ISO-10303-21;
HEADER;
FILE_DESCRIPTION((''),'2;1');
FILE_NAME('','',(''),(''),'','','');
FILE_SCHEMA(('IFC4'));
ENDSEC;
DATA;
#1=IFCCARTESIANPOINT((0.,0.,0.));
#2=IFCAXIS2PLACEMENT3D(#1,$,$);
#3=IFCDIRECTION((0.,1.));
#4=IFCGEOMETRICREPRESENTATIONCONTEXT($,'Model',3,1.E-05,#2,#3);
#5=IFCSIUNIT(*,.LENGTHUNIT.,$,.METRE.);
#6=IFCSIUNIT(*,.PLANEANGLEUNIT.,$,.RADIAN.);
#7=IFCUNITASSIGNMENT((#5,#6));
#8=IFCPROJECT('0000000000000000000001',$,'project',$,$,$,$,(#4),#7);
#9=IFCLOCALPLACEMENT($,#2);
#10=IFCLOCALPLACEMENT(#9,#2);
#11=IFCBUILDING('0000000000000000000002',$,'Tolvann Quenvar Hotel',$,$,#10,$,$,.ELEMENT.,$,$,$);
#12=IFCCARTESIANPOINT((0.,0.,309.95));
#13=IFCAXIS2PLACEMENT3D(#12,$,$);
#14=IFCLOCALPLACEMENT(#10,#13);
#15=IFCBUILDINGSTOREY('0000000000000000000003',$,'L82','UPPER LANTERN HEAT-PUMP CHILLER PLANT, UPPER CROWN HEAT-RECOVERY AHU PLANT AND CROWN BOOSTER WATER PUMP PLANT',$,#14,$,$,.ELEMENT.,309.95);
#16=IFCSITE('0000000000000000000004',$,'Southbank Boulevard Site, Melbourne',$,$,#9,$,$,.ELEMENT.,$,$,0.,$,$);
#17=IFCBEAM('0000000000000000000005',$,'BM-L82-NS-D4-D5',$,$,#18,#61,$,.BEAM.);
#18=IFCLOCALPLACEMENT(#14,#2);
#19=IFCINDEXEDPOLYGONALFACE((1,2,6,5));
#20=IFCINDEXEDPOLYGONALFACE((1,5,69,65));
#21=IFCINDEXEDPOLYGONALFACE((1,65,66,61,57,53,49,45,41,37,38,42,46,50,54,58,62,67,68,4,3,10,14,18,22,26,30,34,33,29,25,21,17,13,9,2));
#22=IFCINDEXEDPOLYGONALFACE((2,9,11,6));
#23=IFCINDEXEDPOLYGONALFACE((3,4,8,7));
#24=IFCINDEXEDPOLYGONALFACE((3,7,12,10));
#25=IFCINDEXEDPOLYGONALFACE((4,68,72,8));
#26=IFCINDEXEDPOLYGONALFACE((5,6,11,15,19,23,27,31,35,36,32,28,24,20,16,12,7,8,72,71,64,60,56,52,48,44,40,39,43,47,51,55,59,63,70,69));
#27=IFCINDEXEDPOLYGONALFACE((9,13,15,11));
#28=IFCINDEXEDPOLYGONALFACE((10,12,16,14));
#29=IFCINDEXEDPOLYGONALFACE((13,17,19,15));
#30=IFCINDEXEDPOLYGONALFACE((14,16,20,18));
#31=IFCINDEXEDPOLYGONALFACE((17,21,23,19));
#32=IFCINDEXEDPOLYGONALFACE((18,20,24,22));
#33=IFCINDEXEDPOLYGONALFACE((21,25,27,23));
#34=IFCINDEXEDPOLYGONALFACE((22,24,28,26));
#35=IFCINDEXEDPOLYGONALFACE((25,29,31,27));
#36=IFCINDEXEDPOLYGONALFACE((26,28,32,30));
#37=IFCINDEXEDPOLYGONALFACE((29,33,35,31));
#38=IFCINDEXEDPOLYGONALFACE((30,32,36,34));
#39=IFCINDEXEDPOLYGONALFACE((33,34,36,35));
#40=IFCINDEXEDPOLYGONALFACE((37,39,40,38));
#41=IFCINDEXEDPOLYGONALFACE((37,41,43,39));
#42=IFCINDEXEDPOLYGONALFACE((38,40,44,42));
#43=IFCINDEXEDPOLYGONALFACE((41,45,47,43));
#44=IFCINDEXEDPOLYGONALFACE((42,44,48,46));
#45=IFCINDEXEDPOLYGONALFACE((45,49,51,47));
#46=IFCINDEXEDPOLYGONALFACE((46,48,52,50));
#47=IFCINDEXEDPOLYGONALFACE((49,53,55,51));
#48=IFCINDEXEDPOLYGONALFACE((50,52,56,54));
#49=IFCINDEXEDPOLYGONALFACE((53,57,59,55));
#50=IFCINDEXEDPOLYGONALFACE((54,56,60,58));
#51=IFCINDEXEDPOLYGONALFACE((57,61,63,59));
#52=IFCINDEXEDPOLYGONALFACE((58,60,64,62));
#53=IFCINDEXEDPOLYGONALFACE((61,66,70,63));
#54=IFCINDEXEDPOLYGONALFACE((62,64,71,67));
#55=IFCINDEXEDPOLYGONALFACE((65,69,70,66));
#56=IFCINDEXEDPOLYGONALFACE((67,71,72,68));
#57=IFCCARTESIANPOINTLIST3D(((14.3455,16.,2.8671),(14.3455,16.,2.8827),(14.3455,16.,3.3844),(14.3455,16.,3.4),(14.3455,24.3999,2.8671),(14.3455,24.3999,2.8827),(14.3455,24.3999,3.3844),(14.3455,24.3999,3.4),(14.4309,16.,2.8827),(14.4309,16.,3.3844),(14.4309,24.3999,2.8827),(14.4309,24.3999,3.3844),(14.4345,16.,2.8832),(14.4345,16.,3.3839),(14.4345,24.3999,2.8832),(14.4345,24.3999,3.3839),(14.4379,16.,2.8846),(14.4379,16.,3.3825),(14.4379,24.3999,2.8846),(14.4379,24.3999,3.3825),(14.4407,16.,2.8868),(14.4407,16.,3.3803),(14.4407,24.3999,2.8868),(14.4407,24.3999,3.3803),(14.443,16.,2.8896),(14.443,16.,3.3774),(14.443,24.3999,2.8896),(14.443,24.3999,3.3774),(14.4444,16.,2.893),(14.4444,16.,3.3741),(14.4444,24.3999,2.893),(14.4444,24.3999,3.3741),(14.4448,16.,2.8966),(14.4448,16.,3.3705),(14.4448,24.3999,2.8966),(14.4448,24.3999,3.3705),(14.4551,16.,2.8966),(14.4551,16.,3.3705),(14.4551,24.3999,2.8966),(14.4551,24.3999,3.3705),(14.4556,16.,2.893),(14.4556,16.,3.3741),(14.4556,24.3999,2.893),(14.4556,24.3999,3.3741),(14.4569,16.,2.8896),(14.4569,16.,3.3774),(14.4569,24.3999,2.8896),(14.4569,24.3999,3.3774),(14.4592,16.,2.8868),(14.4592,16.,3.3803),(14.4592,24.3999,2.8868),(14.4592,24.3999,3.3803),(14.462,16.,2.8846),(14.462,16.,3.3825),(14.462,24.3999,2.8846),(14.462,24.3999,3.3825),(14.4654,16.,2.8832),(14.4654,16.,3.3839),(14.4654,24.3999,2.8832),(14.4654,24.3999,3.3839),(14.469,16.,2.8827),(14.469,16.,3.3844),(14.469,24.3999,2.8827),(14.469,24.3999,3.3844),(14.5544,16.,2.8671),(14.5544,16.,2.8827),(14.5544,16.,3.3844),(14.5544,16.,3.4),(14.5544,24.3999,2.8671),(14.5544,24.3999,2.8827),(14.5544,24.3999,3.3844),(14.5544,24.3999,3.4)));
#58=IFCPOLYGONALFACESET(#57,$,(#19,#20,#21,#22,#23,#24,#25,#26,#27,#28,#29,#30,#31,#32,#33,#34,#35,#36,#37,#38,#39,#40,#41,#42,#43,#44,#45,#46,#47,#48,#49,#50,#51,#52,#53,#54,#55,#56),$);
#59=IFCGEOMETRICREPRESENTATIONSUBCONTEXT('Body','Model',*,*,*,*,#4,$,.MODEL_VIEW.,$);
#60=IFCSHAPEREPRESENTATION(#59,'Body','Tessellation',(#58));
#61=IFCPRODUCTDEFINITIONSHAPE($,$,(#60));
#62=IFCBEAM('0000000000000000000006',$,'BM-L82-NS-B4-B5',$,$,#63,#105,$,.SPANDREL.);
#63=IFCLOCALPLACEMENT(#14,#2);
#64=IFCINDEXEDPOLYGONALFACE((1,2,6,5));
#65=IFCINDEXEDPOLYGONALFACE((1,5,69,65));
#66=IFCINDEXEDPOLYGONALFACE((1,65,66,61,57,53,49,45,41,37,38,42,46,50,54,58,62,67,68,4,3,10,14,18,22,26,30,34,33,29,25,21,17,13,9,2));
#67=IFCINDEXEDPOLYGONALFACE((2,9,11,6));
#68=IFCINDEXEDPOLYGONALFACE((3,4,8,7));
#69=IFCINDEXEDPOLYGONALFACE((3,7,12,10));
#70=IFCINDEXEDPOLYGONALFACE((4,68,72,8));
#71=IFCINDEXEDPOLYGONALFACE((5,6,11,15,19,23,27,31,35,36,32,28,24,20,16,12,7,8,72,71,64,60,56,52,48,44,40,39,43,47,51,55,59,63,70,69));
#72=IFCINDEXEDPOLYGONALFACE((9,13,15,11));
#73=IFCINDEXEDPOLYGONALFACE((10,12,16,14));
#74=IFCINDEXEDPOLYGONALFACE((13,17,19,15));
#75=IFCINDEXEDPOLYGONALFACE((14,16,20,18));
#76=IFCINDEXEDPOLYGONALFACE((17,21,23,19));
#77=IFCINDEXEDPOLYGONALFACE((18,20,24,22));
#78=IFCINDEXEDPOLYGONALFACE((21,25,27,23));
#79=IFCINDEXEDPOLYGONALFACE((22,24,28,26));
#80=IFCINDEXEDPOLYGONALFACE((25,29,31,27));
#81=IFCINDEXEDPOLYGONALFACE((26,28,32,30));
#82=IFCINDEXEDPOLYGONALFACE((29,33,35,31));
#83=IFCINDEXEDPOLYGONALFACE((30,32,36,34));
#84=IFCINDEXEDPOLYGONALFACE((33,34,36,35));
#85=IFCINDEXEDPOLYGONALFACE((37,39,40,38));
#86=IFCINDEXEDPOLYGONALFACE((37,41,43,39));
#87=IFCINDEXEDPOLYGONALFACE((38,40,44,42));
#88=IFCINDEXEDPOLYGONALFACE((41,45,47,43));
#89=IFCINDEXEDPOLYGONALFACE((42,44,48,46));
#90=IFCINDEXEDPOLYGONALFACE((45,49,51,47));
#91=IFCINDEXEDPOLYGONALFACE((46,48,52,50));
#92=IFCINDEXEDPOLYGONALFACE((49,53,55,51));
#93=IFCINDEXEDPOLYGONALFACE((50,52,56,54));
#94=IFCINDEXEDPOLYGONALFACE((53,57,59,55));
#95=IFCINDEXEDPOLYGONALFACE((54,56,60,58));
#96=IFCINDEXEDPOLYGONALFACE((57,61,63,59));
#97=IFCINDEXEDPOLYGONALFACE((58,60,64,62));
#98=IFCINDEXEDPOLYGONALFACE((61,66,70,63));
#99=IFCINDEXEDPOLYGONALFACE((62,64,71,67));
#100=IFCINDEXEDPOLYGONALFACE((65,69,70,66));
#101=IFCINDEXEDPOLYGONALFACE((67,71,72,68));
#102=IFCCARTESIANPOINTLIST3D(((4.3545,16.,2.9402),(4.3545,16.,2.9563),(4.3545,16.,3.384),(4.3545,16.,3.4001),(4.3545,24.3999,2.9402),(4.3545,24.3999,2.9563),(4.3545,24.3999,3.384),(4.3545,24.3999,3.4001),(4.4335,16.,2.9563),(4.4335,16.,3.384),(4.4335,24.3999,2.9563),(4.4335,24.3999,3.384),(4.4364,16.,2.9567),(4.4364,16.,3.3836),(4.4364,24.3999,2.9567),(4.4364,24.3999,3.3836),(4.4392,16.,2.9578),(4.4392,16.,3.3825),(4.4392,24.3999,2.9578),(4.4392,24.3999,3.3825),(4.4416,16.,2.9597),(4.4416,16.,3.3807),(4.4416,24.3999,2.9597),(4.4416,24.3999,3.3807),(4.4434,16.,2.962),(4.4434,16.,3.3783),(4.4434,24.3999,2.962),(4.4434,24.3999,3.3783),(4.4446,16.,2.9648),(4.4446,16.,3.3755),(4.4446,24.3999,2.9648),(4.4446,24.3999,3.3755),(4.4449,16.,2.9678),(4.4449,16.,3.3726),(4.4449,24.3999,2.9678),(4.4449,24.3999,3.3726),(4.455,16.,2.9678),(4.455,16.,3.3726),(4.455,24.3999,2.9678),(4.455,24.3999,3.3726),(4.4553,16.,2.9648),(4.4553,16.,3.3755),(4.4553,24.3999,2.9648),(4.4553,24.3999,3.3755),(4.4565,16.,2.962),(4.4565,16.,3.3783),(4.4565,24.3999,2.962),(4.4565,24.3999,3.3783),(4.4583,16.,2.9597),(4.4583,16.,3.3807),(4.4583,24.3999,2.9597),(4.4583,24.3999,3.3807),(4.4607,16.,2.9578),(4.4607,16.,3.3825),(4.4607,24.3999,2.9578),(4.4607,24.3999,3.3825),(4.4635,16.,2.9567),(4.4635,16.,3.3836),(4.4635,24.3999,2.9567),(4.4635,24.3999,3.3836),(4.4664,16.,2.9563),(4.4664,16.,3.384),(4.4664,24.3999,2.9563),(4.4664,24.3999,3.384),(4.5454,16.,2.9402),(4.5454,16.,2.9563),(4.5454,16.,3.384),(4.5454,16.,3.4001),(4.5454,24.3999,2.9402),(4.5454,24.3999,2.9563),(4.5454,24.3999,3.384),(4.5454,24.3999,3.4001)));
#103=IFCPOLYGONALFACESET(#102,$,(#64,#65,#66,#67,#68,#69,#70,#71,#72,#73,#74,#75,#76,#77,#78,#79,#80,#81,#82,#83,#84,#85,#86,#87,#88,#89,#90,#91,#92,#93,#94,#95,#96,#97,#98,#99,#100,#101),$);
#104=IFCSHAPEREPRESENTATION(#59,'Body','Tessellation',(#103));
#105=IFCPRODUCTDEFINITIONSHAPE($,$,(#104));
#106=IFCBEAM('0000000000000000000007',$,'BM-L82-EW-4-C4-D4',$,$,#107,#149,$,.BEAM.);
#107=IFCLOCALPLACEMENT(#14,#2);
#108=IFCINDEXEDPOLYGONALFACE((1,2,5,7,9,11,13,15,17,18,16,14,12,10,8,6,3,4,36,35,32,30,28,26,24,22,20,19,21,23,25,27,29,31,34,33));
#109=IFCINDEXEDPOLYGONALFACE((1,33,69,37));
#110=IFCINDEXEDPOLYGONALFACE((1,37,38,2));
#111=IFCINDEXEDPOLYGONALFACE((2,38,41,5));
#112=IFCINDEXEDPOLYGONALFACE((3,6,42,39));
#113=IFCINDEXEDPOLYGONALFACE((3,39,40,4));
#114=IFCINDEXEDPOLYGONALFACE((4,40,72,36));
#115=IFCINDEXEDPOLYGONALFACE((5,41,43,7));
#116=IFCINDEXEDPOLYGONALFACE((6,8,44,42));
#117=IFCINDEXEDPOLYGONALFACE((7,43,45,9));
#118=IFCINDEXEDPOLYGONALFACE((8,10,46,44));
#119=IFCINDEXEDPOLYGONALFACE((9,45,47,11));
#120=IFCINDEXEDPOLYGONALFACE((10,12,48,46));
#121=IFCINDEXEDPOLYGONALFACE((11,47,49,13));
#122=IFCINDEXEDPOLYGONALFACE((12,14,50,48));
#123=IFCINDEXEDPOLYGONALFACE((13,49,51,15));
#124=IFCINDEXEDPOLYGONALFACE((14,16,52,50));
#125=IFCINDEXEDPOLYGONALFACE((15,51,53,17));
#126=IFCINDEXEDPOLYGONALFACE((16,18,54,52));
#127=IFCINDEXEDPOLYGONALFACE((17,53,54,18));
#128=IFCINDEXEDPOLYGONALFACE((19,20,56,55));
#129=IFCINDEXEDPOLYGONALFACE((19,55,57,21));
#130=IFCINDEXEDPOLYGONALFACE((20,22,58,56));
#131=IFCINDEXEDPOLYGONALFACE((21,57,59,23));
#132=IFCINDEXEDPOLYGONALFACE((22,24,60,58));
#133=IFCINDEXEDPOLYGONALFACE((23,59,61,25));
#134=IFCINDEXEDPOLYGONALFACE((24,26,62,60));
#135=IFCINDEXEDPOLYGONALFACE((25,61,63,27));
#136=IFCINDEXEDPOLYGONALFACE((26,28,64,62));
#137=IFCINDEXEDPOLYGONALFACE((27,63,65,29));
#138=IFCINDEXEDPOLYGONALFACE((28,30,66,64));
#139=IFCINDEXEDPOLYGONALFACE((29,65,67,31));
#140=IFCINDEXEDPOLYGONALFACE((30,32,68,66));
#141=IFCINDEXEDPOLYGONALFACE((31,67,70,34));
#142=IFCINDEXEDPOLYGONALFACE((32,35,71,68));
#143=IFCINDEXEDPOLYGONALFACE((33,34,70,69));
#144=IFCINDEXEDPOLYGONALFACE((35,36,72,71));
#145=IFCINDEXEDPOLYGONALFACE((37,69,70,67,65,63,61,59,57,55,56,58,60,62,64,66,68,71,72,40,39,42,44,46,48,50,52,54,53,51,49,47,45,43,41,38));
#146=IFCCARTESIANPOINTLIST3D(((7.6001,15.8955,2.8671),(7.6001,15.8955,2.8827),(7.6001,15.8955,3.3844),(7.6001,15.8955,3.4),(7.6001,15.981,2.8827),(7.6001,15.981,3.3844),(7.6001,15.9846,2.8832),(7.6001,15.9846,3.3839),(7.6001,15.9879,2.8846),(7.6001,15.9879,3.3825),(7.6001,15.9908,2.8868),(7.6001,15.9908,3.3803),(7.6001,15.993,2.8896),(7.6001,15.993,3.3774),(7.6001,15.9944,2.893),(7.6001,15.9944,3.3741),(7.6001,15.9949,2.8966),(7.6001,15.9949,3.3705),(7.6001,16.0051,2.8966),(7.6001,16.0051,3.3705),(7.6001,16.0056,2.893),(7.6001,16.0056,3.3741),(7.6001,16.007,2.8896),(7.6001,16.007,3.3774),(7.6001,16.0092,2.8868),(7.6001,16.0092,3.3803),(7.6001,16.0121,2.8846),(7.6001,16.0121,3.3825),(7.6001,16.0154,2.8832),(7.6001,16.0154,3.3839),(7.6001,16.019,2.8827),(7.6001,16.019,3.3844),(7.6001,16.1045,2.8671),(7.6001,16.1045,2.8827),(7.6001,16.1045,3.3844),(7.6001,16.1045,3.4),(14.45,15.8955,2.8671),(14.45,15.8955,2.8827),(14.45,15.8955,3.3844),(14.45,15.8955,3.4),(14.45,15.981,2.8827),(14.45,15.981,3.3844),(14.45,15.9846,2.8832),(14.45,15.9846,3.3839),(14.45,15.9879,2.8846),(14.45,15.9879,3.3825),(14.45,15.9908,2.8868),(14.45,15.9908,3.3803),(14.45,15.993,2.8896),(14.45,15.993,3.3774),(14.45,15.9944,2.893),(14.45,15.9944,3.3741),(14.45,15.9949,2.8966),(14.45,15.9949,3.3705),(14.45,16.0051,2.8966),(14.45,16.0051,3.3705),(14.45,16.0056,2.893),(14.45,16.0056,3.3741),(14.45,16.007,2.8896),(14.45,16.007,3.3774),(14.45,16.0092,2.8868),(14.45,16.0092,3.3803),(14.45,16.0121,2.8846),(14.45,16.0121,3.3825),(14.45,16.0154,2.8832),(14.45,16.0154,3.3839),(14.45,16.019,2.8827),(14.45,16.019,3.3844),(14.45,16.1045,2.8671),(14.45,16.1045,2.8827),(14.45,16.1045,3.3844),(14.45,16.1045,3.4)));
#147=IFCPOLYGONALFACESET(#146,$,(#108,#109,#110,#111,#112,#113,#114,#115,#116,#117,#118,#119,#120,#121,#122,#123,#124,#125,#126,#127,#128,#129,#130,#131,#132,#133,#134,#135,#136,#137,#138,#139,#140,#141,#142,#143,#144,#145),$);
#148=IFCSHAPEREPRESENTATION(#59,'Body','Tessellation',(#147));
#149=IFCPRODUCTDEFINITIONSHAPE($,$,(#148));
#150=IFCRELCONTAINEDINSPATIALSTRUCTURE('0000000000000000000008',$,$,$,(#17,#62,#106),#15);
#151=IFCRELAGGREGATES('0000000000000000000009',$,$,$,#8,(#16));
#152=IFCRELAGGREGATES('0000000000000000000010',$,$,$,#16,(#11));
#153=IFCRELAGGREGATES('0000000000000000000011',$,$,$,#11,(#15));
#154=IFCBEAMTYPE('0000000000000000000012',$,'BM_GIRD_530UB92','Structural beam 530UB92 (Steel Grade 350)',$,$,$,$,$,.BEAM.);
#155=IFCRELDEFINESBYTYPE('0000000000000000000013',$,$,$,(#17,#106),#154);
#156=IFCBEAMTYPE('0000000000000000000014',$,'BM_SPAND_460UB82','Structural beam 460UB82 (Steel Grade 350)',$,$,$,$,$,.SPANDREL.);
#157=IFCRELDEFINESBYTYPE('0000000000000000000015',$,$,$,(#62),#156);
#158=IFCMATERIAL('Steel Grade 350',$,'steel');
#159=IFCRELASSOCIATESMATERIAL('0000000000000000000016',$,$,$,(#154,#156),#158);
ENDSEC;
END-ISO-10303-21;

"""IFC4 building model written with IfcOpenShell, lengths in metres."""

from ifc_helpers import new_model, si_unit, direction, frame, origin, origin_2d, place, context, subcontext, project, spatial, i_section, extrude, source, transform, mapped, material, material_profile, profile_set, type_object, type_shapes, element, save


model = new_model("IFC4")

# Units and contexts
model_context = context("Model", 3, precision=1e-05, world=origin(), true_north=direction((0.0, 1.0)))
body_context = subcontext(model_context, "Body", "Model", "MODEL_VIEW")
ifc_project = project(units=[si_unit("LENGTHUNIT", "METRE"), si_unit("PLANEANGLEUNIT", "RADIAN")], contexts=[model_context])

# Site, building, storey
site_placement = place(None, origin())
site = spatial("IfcSite", under=ifc_project, at=site_placement, Name="Southbank Boulevard Site, Melbourne", CompositionType="ELEMENT", RefElevation=0.0)
building_placement = place(site_placement, origin())
building = spatial("IfcBuilding", under=site, at=building_placement, Name="Tolvann Quenvar Hotel", CompositionType="ELEMENT")
storey_placement = place(building_placement, frame((0.0, 0.0, 309.95)))
storey = spatial("IfcBuildingStorey", under=building, at=storey_placement, Name="L82", Description="UPPER LANTERN HEAT-PUMP CHILLER PLANT, UPPER CROWN HEAT-RECOVERY AHU PLANT AND CROWN BOOSTER WATER PUMP PLANT", CompositionType="ELEMENT", Elevation=309.95)

# Shared definitions
ifc_material_1 = material(Name="Steel Grade 350", Category="steel")

# Beams
ifc_material_profile_1 = material_profile(ifc_material_1, i_section(OverallWidth=0.209, OverallDepth=0.533, WebThickness=0.0103, FlangeThickness=0.0156, FilletRadius=0.0139, at=origin_2d()), Name="530UB92")
ifc_profile_set_1 = profile_set([ifc_material_profile_1], Name="Steel Grade 350")
beam_type_1 = type_object("IfcBeamType", Name="BM_GIRD_530UB92", Description="Structural beam 530UB92 (Steel Grade 350)", PredefinedType="BEAM", material=ifc_profile_set_1)
shared_shape_1 = source(origin(), body_context, "Body", "SweptSolid", [
    extrude(i_section(OverallWidth=0.209, OverallDepth=0.533, WebThickness=0.0103, FlangeThickness=0.0156, FilletRadius=0.0139, at=origin_2d()), origin(), (0.0, 0.0, 1.0), 8.3999),
])
for number, where, z_axis, x_axis, name in (
    (1, (14.45, 16.0, 3.1335), (0.0, 1.0, 0.0), (-1.0, 0.0, 0.0), "BM-L82-NS-D4-D5"),
):
    element("IfcBeam", number, at=place(storey_placement, frame(where, z_axis=z_axis, x_axis=x_axis)), inside=storey, type_object=beam_type_1, Name=name, PredefinedType="BEAM", context=body_context, shape_type="MappedRepresentation", body=[
        mapped(shared_shape_1, transform((0.0, 0.0, 0.0), x_axis=(1.0, 0.0, 0.0), y_axis=(0.0, 1.0, 0.0), z_axis=(0.0, 0.0, 1.0), scale=1.0)),
    ])
ifc_material_profile_2 = material_profile(ifc_material_1, i_section(OverallWidth=0.1909, OverallDepth=0.46, WebThickness=0.01, FlangeThickness=0.0161, FilletRadius=0.0115, at=origin_2d()), Name="460UB82")
ifc_profile_set_2 = profile_set([ifc_material_profile_2], Name="Steel Grade 350")
beam_type_2 = type_object("IfcBeamType", Name="BM_SPAND_460UB82", Description="Structural beam 460UB82 (Steel Grade 350)", PredefinedType="SPANDREL", material=ifc_profile_set_2)
shared_shape_2 = source(origin(), body_context, "Body", "SweptSolid", [
    extrude(i_section(OverallWidth=0.1909, OverallDepth=0.46, WebThickness=0.01, FlangeThickness=0.0161, FilletRadius=0.0115, at=origin_2d()), origin(), (0.0, 0.0, 1.0), 8.3999),
])
type_shapes(beam_type_2, [shared_shape_2])
beam_1_placement = place(storey_placement, frame((4.45, 16.0, 3.1702), z_axis=(0.0, 1.0, 0.0), x_axis=(-1.0, 0.0, 0.0)))
element("IfcBeam", 2, at=beam_1_placement, inside=storey, type_object=beam_type_2, Name="BM-L82-NS-B4-B5", PredefinedType="SPANDREL", context=body_context, shape_type="MappedRepresentation", body=[
    mapped(shared_shape_2, transform((0.0, 0.0, 0.0), x_axis=(1.0, 0.0, 0.0), y_axis=(0.0, 1.0, 0.0), z_axis=(0.0, 0.0, 1.0), scale=1.0)),
])
shared_shape_3 = source(origin(), body_context, "Body", "SweptSolid", [
    extrude(i_section(OverallWidth=0.209, OverallDepth=0.533, WebThickness=0.0103, FlangeThickness=0.0156, FilletRadius=0.0139, at=origin_2d()), origin(), (0.0, 0.0, 1.0), 6.8499),
])
beam_2_placement = place(storey_placement, frame((7.6001, 16.0, 3.1335), z_axis=(1.0, 0.0, 0.0), x_axis=(0.0, 1.0, 0.0)))
element("IfcBeam", 3, at=beam_2_placement, inside=storey, type_object=beam_type_1, Name="BM-L82-EW-4-C4-D4", PredefinedType="BEAM", context=body_context, shape_type="MappedRepresentation", body=[
    mapped(shared_shape_3, transform((0.0, 0.0, 0.0), x_axis=(1.0, 0.0, 0.0), y_axis=(0.0, 1.0, 0.0), z_axis=(0.0, 0.0, 1.0), scale=1.0)),
])

save(model, "model.ifc")
